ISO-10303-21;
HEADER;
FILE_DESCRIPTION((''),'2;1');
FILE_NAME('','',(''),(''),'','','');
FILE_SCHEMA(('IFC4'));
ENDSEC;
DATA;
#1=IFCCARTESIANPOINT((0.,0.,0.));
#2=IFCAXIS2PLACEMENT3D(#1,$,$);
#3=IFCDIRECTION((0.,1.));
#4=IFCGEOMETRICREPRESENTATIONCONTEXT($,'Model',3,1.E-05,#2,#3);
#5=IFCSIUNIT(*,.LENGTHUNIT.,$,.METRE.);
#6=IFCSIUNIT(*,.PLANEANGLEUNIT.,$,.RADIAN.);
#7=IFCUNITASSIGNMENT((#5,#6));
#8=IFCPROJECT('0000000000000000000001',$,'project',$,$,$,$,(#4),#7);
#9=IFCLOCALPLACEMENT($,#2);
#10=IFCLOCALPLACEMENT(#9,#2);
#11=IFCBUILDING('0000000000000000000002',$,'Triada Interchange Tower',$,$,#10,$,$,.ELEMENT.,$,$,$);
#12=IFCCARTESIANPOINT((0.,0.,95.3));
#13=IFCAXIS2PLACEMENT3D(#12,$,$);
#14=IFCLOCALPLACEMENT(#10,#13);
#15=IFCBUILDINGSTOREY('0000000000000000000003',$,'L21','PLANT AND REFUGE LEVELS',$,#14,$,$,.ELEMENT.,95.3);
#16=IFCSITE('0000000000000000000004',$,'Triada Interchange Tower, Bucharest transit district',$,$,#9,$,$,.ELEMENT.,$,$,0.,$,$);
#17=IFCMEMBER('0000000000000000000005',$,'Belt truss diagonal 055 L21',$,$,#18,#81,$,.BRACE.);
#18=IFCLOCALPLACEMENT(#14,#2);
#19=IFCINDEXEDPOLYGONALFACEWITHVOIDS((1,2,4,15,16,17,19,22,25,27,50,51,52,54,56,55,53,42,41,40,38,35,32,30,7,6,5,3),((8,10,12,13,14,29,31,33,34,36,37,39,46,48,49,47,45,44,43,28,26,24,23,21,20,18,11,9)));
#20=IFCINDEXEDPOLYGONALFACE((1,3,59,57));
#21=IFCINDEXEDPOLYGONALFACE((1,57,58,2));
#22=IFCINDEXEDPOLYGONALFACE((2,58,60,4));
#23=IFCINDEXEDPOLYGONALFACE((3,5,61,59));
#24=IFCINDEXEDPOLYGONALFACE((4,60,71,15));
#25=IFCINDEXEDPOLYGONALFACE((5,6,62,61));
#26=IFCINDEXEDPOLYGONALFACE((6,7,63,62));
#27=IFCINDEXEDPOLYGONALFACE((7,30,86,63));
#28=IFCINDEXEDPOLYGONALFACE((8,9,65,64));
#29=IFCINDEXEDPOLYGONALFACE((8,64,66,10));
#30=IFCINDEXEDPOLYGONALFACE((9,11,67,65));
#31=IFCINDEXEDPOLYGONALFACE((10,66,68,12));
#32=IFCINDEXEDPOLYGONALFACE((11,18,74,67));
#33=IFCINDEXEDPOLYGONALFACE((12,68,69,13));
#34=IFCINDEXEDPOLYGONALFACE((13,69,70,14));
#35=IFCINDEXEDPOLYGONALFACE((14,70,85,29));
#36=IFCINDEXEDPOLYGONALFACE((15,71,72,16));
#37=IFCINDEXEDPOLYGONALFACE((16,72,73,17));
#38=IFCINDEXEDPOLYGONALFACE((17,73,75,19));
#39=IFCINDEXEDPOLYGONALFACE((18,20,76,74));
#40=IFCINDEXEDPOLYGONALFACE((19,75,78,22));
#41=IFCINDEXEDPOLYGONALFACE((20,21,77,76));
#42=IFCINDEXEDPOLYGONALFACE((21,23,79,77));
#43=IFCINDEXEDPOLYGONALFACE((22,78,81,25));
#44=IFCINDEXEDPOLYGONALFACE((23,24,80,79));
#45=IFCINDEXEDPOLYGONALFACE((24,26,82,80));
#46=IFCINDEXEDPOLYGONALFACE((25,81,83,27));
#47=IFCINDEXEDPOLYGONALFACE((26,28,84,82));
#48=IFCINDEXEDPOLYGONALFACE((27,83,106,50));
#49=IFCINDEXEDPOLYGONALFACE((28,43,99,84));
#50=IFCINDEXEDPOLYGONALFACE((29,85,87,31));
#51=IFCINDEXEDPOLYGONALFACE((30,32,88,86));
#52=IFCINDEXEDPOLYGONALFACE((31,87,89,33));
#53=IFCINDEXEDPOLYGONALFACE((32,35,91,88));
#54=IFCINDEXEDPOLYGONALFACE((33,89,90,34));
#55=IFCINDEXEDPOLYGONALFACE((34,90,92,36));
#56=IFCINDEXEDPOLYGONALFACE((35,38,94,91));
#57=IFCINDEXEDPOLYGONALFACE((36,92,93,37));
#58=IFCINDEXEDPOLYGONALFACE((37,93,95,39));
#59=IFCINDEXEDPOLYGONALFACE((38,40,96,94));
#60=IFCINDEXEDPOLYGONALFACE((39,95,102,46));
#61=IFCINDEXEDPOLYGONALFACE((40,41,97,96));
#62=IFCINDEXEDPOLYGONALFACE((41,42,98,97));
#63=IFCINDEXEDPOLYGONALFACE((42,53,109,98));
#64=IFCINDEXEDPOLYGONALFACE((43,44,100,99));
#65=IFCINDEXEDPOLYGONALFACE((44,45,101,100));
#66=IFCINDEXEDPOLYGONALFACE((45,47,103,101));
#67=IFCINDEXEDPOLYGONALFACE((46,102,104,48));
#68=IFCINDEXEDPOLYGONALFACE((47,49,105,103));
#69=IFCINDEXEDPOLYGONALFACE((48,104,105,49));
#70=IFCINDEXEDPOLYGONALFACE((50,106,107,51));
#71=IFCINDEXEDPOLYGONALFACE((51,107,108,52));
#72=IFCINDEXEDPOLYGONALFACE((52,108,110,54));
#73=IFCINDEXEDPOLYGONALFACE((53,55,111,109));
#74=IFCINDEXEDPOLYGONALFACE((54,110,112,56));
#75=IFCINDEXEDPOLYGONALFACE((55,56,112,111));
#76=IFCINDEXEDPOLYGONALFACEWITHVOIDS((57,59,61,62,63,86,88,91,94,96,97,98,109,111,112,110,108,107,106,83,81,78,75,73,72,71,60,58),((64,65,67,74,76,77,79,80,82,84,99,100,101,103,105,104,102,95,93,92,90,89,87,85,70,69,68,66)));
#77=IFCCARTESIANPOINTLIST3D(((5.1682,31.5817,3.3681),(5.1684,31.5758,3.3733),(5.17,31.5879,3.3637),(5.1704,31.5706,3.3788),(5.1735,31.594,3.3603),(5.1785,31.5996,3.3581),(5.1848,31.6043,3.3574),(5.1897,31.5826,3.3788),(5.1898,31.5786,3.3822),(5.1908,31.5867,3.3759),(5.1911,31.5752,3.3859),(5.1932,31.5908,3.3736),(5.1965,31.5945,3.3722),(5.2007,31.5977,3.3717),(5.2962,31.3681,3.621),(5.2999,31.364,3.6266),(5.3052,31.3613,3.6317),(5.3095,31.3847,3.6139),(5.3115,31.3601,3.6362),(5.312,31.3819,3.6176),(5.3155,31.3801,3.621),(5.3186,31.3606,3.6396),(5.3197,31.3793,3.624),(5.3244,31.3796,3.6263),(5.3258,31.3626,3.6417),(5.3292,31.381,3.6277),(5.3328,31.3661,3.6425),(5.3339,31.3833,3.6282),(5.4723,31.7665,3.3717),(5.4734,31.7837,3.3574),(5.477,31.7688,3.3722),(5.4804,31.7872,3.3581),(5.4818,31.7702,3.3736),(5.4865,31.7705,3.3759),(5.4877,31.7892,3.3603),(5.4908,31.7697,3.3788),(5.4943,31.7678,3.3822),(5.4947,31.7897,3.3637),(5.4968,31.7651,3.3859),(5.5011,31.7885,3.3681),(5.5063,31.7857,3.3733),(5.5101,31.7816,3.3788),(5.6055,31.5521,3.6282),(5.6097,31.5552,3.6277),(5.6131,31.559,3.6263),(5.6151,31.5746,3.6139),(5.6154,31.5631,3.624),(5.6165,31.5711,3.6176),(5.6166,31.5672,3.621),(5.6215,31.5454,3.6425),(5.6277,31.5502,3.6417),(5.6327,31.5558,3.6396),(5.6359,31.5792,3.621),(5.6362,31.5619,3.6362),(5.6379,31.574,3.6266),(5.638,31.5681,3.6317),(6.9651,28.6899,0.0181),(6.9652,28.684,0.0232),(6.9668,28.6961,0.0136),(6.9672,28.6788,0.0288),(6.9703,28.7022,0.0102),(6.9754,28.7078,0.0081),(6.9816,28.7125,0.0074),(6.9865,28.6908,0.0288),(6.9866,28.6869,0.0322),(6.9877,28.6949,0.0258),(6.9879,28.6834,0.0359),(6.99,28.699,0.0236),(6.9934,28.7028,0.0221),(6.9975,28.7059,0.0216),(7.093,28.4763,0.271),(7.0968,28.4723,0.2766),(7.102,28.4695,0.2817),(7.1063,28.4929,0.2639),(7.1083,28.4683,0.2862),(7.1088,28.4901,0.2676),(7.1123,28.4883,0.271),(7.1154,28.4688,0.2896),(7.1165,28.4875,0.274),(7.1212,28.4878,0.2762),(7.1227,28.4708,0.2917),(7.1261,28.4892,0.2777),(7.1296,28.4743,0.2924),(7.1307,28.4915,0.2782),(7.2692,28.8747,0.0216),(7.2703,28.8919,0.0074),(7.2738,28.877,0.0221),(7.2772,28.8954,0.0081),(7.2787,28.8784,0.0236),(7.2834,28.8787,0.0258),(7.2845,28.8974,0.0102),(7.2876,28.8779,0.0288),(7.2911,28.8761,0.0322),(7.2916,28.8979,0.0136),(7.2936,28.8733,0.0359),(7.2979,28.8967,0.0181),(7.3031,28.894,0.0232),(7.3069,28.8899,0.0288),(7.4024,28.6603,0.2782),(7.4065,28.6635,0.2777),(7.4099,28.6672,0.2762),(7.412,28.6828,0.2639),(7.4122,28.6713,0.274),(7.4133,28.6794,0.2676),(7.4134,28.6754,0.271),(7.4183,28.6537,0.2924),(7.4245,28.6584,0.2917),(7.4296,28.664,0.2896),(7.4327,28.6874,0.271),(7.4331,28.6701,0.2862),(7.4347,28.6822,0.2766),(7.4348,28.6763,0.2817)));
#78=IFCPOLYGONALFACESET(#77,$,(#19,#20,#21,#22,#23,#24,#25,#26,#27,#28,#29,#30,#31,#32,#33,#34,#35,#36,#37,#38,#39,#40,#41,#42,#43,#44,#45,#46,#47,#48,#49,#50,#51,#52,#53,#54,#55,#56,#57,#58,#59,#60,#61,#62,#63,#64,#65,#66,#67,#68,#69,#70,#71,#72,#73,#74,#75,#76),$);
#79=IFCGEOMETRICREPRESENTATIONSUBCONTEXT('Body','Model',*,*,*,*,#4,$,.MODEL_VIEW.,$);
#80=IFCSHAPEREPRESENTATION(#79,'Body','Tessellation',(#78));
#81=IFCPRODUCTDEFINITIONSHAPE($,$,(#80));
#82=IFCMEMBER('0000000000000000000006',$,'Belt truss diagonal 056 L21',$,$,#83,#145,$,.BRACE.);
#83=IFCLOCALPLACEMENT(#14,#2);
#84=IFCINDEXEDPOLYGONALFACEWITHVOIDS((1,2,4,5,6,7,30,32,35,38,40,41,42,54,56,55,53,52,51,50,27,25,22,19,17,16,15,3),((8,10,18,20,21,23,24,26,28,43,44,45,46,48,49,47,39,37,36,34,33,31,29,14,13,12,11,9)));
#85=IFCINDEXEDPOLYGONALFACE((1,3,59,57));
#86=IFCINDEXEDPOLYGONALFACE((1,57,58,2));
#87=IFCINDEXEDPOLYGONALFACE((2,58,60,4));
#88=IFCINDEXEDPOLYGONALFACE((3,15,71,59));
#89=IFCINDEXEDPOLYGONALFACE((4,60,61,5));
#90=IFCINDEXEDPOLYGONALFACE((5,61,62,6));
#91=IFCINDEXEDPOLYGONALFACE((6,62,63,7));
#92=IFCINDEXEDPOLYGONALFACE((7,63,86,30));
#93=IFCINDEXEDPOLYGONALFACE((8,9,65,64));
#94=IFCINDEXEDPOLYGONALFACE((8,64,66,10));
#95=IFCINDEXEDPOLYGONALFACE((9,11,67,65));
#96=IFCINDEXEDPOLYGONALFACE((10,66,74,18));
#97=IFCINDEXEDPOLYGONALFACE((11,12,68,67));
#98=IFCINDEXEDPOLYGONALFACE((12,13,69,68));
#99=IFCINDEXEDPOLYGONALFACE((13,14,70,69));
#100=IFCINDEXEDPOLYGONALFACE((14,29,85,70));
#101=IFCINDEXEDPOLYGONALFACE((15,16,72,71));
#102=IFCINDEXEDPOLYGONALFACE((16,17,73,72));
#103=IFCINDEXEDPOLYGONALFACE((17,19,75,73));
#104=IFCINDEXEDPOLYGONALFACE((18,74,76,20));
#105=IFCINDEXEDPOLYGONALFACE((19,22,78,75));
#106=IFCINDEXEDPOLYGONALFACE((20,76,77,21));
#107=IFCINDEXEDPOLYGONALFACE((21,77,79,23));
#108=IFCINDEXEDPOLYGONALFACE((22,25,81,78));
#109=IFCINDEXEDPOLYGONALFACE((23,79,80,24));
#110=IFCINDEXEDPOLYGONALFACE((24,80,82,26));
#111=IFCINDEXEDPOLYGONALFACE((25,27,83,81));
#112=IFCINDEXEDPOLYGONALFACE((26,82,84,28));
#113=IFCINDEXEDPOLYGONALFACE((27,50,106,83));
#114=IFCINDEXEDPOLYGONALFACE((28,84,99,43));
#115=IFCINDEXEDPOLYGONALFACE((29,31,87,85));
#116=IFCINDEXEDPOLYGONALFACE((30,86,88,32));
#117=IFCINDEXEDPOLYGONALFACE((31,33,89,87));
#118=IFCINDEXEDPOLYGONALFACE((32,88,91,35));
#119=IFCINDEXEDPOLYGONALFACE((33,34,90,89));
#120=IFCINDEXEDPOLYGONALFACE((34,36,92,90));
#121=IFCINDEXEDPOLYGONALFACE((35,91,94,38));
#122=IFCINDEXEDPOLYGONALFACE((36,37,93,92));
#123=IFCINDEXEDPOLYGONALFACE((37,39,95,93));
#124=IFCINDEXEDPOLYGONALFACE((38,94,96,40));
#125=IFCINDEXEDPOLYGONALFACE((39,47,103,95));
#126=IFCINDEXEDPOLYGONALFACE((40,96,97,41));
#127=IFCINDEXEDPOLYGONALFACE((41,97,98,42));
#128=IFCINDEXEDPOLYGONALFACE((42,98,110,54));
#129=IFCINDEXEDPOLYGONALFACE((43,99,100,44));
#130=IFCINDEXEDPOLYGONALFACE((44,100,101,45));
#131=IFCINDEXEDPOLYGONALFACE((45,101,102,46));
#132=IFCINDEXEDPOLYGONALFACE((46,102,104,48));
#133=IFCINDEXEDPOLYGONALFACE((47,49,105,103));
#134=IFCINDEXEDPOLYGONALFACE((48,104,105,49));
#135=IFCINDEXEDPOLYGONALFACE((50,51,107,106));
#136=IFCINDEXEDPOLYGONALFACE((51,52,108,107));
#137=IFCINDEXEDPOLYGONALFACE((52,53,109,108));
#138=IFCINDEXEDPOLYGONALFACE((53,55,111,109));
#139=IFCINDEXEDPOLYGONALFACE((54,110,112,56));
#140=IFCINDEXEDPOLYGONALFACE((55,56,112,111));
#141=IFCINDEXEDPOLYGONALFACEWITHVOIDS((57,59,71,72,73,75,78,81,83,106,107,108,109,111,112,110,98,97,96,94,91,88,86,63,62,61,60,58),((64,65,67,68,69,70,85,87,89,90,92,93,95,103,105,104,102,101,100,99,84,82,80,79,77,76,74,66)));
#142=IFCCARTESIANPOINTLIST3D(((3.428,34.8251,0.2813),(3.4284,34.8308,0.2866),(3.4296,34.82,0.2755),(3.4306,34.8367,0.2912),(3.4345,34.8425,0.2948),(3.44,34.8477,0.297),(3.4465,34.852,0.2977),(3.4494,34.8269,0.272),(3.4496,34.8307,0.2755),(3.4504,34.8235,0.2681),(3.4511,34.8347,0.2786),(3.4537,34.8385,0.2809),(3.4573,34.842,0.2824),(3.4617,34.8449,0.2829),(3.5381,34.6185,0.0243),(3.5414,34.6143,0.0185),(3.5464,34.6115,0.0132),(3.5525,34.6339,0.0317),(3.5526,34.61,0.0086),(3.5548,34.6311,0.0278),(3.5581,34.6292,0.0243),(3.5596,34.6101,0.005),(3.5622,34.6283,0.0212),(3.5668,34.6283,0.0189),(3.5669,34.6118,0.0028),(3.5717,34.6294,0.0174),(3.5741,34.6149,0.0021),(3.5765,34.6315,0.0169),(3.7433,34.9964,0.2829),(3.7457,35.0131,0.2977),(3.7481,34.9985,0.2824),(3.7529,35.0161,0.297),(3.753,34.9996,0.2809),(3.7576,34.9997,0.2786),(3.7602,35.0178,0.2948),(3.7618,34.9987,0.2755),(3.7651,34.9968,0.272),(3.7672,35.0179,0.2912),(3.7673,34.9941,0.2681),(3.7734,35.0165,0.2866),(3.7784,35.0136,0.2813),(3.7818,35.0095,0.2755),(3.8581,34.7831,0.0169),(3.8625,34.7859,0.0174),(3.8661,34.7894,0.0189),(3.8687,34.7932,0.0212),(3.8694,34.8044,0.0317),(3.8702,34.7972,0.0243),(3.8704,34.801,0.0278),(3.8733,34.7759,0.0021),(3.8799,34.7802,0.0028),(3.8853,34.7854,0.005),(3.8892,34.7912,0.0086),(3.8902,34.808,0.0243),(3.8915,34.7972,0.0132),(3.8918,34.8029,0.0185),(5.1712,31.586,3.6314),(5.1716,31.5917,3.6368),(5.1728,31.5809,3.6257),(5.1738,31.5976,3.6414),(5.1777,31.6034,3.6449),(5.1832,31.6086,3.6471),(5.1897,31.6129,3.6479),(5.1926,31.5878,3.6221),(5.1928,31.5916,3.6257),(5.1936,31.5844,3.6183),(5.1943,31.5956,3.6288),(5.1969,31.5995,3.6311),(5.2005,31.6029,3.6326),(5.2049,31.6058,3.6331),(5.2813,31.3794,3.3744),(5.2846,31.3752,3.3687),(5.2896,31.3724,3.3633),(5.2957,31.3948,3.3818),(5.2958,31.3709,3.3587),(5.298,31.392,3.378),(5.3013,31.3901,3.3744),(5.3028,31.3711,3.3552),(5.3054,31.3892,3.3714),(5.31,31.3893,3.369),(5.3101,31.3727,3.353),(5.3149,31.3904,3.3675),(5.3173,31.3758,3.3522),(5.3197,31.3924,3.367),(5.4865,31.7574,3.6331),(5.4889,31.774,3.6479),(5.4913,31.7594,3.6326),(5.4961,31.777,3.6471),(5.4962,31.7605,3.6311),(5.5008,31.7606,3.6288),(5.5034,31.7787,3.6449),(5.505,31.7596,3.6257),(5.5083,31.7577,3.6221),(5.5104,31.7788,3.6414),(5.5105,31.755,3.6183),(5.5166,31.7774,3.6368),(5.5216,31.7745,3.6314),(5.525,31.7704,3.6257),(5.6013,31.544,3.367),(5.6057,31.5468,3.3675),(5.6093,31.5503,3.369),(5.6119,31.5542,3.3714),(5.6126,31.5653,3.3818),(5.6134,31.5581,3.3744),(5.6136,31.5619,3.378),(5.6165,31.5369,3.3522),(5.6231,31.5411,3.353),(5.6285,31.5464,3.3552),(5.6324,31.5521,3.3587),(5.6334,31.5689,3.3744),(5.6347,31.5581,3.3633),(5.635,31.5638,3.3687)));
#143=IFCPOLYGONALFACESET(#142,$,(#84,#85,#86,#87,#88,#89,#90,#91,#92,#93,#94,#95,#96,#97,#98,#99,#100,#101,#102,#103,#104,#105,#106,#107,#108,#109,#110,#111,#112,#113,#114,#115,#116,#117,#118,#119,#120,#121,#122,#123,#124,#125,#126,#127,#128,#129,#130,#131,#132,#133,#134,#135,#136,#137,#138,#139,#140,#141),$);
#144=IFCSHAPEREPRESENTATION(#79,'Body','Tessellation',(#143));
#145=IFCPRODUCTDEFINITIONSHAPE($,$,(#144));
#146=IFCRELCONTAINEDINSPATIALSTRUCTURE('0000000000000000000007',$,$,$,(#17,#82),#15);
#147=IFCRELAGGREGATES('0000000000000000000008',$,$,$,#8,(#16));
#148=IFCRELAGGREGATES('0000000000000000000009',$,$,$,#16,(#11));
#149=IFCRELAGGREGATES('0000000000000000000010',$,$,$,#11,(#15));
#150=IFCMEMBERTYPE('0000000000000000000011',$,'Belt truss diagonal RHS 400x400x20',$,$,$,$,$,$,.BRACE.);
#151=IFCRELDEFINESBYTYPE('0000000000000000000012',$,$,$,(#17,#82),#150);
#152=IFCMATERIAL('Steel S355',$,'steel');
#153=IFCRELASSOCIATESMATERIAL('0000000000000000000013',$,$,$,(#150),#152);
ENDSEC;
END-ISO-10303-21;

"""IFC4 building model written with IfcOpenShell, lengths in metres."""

from ifc_helpers import new_model, si_unit, direction, frame, origin, origin_2d, place, context, subcontext, project, spatial, hollow_rectangle, extrude, material, material_profile, profile_set, type_object, element, save


model = new_model("IFC4")

# Units and contexts
model_context = context("Model", 3, precision=1e-05, world=origin(), true_north=direction((0.0, 1.0)))
body_context = subcontext(model_context, "Body", "Model", "MODEL_VIEW")
ifc_project = project(units=[si_unit("LENGTHUNIT", "METRE"), si_unit("PLANEANGLEUNIT", "RADIAN")], contexts=[model_context])

# Site, building, storey
site_placement = place(None, origin())
site = spatial("IfcSite", under=ifc_project, at=site_placement, Name="Triada Interchange Tower, Bucharest transit district", CompositionType="ELEMENT", RefElevation=0.0)
building_placement = place(site_placement, origin())
building = spatial("IfcBuilding", under=site, at=building_placement, Name="Triada Interchange Tower", CompositionType="ELEMENT")
storey_placement = place(building_placement, frame((0.0, 0.0, 95.3)))
storey = spatial("IfcBuildingStorey", under=building, at=storey_placement, Name="L21", Description="PLANT AND REFUGE LEVELS", CompositionType="ELEMENT", Elevation=95.3)

# Members
ifc_material_1 = material(Name="Steel S355", Category="steel")
ifc_material_profile_1 = material_profile(ifc_material_1, hollow_rectangle(XDim=0.3999, YDim=0.3999, WallThickness=0.02, InnerFilletRadius=0.02, OuterFilletRadius=0.03, at=origin_2d()), Name="RHS 400x400x20")
ifc_profile_set_1 = profile_set([ifc_material_profile_1], Name="Steel S355")
member_type_1 = type_object("IfcMemberType", Name="Belt truss diagonal RHS 400x400x20", PredefinedType="BRACE", material=ifc_profile_set_1)
member_1_placement = place(storey_placement, frame((7.2, 28.6831, 0.1499), z_axis=(-0.376193, 0.605435, 0.701375), x_axis=(-0.849385, -0.527773, 0.0)))
element("IfcMember", 1, at=member_1_placement, inside=storey, type_object=member_type_1, Name="Belt truss diagonal 055 L21", PredefinedType="BRACE", context=body_context, shape_type="SweptSolid", body=[
    extrude(hollow_rectangle(XDim=0.3999, YDim=0.3999, WallThickness=0.02, InnerFilletRadius=0.02, OuterFilletRadius=0.03, at=origin_2d()), origin(), (0.0, 0.0, 1.0), 4.7764),
])
member_2_placement = place(storey_placement, frame((3.6599, 34.814, 0.1499), z_axis=(0.350368, -0.651027, 0.673354), x_axis=(0.880576, 0.473906, 0.0)))
element("IfcMember", 2, at=member_2_placement, inside=storey, type_object=member_type_1, Name="Belt truss diagonal 056 L21", PredefinedType="BRACE", context=body_context, shape_type="SweptSolid", body=[
    extrude(hollow_rectangle(XDim=0.3999, YDim=0.3999, WallThickness=0.02, InnerFilletRadius=0.02, OuterFilletRadius=0.03, at=origin_2d()), origin(), (0.0, 0.0, 1.0), 4.9753),
])

save(model, "model.ifc")
